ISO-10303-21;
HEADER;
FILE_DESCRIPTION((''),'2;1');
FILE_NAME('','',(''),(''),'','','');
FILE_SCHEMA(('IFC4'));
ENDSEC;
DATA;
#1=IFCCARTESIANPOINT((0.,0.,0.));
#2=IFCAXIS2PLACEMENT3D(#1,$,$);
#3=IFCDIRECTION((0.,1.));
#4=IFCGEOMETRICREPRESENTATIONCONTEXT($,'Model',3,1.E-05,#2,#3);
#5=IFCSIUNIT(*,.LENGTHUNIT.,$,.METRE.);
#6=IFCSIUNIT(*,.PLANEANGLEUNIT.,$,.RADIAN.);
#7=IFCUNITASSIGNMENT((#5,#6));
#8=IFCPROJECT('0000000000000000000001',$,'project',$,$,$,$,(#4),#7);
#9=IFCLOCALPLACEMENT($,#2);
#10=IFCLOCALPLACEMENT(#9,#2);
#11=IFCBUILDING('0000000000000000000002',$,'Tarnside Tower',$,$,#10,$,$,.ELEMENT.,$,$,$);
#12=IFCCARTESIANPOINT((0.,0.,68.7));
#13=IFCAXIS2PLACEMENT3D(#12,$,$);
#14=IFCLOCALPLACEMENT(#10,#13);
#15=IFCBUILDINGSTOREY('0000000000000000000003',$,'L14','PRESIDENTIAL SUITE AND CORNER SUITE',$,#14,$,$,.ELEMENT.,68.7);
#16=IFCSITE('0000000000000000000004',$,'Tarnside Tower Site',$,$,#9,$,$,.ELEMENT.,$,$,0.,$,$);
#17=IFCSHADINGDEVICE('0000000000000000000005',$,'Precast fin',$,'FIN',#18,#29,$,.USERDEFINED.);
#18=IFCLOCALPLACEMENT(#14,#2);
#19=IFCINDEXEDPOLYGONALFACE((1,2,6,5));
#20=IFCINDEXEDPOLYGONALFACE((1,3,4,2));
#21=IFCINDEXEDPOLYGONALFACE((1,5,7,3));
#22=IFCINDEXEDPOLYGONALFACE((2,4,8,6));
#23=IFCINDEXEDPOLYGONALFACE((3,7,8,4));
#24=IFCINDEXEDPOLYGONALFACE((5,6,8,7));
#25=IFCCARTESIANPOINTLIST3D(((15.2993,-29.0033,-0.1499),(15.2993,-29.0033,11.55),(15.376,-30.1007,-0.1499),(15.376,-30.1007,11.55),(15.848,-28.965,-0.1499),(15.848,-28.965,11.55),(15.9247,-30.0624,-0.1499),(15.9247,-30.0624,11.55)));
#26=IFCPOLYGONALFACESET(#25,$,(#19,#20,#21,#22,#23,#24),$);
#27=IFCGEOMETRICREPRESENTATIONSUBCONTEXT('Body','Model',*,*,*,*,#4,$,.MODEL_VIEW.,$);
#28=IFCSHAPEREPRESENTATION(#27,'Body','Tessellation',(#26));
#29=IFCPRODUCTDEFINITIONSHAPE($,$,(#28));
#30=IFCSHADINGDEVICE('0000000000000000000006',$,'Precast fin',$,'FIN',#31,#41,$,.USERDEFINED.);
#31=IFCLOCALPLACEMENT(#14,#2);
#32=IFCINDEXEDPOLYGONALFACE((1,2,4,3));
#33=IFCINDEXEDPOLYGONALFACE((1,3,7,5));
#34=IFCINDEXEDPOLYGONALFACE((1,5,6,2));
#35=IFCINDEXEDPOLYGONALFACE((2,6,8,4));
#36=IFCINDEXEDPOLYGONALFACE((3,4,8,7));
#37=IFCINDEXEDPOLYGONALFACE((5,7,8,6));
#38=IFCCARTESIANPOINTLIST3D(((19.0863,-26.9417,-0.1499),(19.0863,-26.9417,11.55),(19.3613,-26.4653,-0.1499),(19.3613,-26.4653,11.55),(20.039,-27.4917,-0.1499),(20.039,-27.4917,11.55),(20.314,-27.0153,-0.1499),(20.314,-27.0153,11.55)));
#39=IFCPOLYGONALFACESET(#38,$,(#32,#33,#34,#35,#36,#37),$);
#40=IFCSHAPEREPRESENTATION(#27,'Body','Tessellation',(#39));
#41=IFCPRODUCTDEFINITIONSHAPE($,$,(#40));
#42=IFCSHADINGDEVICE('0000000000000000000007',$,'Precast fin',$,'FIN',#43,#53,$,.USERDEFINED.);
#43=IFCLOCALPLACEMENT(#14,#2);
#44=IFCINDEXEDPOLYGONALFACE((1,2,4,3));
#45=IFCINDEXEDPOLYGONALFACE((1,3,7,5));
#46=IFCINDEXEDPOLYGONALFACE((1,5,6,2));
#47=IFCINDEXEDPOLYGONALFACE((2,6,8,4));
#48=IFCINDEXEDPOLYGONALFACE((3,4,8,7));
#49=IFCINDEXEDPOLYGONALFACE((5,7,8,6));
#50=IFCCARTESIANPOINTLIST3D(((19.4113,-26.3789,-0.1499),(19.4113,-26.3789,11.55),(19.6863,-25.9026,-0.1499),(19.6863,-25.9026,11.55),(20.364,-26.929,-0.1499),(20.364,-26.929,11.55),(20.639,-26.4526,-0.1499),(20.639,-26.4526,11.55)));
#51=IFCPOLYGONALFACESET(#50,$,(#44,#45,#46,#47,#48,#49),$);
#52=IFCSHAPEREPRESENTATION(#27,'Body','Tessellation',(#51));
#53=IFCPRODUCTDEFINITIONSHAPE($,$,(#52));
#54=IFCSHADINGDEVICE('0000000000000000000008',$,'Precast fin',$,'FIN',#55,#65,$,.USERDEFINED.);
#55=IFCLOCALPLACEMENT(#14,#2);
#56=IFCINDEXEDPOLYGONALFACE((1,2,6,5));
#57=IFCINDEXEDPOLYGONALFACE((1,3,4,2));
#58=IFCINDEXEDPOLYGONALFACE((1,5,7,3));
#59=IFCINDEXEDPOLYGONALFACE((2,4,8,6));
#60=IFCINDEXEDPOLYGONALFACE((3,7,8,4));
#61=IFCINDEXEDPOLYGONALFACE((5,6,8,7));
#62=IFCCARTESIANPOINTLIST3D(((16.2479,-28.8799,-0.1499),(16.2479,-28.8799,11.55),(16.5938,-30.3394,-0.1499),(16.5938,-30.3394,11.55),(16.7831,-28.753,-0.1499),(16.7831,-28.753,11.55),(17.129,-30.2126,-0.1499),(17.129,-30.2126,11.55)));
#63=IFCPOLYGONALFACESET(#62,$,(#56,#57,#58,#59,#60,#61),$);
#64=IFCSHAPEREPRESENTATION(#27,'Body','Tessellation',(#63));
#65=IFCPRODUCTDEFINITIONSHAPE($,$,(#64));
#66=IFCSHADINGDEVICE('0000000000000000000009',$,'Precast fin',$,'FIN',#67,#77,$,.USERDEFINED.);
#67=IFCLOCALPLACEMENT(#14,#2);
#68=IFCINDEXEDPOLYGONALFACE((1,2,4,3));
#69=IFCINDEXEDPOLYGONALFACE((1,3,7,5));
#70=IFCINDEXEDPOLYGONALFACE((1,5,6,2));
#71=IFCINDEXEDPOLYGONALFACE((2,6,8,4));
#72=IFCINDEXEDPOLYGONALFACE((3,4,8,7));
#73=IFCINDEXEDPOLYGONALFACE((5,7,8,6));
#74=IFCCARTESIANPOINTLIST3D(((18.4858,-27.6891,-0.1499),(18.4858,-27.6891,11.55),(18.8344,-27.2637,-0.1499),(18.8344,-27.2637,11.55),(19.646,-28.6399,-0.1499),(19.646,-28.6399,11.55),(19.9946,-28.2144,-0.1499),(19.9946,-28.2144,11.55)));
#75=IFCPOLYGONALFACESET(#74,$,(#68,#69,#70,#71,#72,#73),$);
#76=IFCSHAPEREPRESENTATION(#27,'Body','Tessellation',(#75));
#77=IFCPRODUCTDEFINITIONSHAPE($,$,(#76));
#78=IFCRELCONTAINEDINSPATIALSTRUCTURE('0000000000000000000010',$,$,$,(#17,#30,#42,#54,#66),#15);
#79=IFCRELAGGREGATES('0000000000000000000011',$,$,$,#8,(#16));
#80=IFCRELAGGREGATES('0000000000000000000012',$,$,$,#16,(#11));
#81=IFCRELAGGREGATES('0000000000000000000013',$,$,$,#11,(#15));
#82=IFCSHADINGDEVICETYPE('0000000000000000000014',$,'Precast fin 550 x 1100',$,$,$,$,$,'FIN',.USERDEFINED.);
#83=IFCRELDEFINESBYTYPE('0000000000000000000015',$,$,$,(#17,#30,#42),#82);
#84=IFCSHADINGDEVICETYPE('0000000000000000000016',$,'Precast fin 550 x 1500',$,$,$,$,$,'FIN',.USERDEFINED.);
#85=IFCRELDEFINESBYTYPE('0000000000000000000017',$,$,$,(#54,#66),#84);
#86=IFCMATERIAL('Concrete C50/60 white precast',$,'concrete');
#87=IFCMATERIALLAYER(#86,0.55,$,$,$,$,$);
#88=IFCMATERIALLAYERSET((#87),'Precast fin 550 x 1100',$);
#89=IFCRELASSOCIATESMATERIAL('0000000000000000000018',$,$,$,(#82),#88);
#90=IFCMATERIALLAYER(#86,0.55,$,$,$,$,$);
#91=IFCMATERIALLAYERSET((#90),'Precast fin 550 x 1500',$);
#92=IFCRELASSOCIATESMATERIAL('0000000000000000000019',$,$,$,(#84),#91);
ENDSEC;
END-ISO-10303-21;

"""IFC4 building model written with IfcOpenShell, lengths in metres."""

from ifc_helpers import new_model, si_unit, direction, frame, origin, place, context, subcontext, project, spatial, polyline, outline, extrude, material, layer, layer_set, type_object, element, save


model = new_model("IFC4")

# Units and contexts
model_context = context("Model", 3, precision=1e-05, world=origin(), true_north=direction((0.0, 1.0)))
body_context = subcontext(model_context, "Body", "Model", "MODEL_VIEW")
ifc_project = project(units=[si_unit("LENGTHUNIT", "METRE"), si_unit("PLANEANGLEUNIT", "RADIAN")], contexts=[model_context])

# Site, building, storey
site_placement = place(None, origin())
site = spatial("IfcSite", under=ifc_project, at=site_placement, Name="Tarnside Tower Site", CompositionType="ELEMENT", RefElevation=0.0)
building_placement = place(site_placement, origin())
building = spatial("IfcBuilding", under=site, at=building_placement, Name="Tarnside Tower", CompositionType="ELEMENT")
storey_placement = place(building_placement, frame((0.0, 0.0, 68.7)))
storey = spatial("IfcBuildingStorey", under=building, at=storey_placement, Name="L14", Description="PRESIDENTIAL SUITE AND CORNER SUITE", CompositionType="ELEMENT", Elevation=68.7)

# Shading devices
ifc_material_1 = material(Name="Concrete C50/60 white precast", Category="concrete")
ifc_layer_1 = layer(ifc_material_1, 0.55)
ifc_layer_set_1 = layer_set([ifc_layer_1], Name="Precast fin 550 x 1100")
shading_device_type_1 = type_object("IfcShadingDeviceType", Name="Precast fin 550 x 1100", ElementType="FIN", PredefinedType="USERDEFINED", material=ifc_layer_set_1)
for number, where, z_axis, x_axis, name in (
    (1, (15.5737, -28.9841, -0.1499), (-0.997564, -0.069756, 0.0), (0.069756, -0.997564, 0.0), "Precast fin"),
    (2, (19.2239, -26.7034, -0.1499), (-0.5, -0.866025, 0.0), (0.866025, -0.5, 0.0), "Precast fin"),
    (3, (19.5488, -26.1406, -0.1499), (-0.5, -0.866025, 0.0), (0.866025, -0.5, 0.0), "Precast fin"),
):
    element("IfcShadingDevice", number, at=place(storey_placement, frame(where, z_axis=z_axis, x_axis=x_axis)), inside=storey, type_object=shading_device_type_1, Name=name, ObjectType="FIN", PredefinedType="USERDEFINED", context=body_context, shape_type="SweptSolid", body=[
        extrude(outline(polyline([(0.0, 0.0), (1.1001, 0.0), (1.1001, 11.7), (0.0, 11.7), (0.0, 0.0)])), frame((0.0, 0.0, -0.2749)), (0.0, 0.0, 1.0), 0.55),
    ])
ifc_layer_2 = layer(ifc_material_1, 0.55)
ifc_layer_set_2 = layer_set([ifc_layer_2], Name="Precast fin 550 x 1500")
shading_device_type_2 = type_object("IfcShadingDeviceType", Name="Precast fin 550 x 1500", ElementType="FIN", PredefinedType="USERDEFINED", material=ifc_layer_set_2)
for number, where, z_axis, x_axis, name in (
    (4, (16.5156, -28.8164, -0.1499), (-0.973045, -0.230616, 0.0), (0.230616, -0.973045, 0.0), "Precast fin"),
    (5, (18.6602, -27.4763, -0.1499), (-0.633831, -0.773472, 0.0), (0.773472, -0.633831, 0.0), "Precast fin"),
):
    element("IfcShadingDevice", number, at=place(storey_placement, frame(where, z_axis=z_axis, x_axis=x_axis)), inside=storey, type_object=shading_device_type_2, Name=name, ObjectType="FIN", PredefinedType="USERDEFINED", context=body_context, shape_type="SweptSolid", body=[
        extrude(outline(polyline([(0.0, 0.0), (1.5, 0.0), (1.5, 11.7), (0.0, 11.7), (0.0, 0.0)])), frame((0.0, 0.0, -0.2749)), (0.0, 0.0, 1.0), 0.55),
    ])

save(model, "model.ifc")
